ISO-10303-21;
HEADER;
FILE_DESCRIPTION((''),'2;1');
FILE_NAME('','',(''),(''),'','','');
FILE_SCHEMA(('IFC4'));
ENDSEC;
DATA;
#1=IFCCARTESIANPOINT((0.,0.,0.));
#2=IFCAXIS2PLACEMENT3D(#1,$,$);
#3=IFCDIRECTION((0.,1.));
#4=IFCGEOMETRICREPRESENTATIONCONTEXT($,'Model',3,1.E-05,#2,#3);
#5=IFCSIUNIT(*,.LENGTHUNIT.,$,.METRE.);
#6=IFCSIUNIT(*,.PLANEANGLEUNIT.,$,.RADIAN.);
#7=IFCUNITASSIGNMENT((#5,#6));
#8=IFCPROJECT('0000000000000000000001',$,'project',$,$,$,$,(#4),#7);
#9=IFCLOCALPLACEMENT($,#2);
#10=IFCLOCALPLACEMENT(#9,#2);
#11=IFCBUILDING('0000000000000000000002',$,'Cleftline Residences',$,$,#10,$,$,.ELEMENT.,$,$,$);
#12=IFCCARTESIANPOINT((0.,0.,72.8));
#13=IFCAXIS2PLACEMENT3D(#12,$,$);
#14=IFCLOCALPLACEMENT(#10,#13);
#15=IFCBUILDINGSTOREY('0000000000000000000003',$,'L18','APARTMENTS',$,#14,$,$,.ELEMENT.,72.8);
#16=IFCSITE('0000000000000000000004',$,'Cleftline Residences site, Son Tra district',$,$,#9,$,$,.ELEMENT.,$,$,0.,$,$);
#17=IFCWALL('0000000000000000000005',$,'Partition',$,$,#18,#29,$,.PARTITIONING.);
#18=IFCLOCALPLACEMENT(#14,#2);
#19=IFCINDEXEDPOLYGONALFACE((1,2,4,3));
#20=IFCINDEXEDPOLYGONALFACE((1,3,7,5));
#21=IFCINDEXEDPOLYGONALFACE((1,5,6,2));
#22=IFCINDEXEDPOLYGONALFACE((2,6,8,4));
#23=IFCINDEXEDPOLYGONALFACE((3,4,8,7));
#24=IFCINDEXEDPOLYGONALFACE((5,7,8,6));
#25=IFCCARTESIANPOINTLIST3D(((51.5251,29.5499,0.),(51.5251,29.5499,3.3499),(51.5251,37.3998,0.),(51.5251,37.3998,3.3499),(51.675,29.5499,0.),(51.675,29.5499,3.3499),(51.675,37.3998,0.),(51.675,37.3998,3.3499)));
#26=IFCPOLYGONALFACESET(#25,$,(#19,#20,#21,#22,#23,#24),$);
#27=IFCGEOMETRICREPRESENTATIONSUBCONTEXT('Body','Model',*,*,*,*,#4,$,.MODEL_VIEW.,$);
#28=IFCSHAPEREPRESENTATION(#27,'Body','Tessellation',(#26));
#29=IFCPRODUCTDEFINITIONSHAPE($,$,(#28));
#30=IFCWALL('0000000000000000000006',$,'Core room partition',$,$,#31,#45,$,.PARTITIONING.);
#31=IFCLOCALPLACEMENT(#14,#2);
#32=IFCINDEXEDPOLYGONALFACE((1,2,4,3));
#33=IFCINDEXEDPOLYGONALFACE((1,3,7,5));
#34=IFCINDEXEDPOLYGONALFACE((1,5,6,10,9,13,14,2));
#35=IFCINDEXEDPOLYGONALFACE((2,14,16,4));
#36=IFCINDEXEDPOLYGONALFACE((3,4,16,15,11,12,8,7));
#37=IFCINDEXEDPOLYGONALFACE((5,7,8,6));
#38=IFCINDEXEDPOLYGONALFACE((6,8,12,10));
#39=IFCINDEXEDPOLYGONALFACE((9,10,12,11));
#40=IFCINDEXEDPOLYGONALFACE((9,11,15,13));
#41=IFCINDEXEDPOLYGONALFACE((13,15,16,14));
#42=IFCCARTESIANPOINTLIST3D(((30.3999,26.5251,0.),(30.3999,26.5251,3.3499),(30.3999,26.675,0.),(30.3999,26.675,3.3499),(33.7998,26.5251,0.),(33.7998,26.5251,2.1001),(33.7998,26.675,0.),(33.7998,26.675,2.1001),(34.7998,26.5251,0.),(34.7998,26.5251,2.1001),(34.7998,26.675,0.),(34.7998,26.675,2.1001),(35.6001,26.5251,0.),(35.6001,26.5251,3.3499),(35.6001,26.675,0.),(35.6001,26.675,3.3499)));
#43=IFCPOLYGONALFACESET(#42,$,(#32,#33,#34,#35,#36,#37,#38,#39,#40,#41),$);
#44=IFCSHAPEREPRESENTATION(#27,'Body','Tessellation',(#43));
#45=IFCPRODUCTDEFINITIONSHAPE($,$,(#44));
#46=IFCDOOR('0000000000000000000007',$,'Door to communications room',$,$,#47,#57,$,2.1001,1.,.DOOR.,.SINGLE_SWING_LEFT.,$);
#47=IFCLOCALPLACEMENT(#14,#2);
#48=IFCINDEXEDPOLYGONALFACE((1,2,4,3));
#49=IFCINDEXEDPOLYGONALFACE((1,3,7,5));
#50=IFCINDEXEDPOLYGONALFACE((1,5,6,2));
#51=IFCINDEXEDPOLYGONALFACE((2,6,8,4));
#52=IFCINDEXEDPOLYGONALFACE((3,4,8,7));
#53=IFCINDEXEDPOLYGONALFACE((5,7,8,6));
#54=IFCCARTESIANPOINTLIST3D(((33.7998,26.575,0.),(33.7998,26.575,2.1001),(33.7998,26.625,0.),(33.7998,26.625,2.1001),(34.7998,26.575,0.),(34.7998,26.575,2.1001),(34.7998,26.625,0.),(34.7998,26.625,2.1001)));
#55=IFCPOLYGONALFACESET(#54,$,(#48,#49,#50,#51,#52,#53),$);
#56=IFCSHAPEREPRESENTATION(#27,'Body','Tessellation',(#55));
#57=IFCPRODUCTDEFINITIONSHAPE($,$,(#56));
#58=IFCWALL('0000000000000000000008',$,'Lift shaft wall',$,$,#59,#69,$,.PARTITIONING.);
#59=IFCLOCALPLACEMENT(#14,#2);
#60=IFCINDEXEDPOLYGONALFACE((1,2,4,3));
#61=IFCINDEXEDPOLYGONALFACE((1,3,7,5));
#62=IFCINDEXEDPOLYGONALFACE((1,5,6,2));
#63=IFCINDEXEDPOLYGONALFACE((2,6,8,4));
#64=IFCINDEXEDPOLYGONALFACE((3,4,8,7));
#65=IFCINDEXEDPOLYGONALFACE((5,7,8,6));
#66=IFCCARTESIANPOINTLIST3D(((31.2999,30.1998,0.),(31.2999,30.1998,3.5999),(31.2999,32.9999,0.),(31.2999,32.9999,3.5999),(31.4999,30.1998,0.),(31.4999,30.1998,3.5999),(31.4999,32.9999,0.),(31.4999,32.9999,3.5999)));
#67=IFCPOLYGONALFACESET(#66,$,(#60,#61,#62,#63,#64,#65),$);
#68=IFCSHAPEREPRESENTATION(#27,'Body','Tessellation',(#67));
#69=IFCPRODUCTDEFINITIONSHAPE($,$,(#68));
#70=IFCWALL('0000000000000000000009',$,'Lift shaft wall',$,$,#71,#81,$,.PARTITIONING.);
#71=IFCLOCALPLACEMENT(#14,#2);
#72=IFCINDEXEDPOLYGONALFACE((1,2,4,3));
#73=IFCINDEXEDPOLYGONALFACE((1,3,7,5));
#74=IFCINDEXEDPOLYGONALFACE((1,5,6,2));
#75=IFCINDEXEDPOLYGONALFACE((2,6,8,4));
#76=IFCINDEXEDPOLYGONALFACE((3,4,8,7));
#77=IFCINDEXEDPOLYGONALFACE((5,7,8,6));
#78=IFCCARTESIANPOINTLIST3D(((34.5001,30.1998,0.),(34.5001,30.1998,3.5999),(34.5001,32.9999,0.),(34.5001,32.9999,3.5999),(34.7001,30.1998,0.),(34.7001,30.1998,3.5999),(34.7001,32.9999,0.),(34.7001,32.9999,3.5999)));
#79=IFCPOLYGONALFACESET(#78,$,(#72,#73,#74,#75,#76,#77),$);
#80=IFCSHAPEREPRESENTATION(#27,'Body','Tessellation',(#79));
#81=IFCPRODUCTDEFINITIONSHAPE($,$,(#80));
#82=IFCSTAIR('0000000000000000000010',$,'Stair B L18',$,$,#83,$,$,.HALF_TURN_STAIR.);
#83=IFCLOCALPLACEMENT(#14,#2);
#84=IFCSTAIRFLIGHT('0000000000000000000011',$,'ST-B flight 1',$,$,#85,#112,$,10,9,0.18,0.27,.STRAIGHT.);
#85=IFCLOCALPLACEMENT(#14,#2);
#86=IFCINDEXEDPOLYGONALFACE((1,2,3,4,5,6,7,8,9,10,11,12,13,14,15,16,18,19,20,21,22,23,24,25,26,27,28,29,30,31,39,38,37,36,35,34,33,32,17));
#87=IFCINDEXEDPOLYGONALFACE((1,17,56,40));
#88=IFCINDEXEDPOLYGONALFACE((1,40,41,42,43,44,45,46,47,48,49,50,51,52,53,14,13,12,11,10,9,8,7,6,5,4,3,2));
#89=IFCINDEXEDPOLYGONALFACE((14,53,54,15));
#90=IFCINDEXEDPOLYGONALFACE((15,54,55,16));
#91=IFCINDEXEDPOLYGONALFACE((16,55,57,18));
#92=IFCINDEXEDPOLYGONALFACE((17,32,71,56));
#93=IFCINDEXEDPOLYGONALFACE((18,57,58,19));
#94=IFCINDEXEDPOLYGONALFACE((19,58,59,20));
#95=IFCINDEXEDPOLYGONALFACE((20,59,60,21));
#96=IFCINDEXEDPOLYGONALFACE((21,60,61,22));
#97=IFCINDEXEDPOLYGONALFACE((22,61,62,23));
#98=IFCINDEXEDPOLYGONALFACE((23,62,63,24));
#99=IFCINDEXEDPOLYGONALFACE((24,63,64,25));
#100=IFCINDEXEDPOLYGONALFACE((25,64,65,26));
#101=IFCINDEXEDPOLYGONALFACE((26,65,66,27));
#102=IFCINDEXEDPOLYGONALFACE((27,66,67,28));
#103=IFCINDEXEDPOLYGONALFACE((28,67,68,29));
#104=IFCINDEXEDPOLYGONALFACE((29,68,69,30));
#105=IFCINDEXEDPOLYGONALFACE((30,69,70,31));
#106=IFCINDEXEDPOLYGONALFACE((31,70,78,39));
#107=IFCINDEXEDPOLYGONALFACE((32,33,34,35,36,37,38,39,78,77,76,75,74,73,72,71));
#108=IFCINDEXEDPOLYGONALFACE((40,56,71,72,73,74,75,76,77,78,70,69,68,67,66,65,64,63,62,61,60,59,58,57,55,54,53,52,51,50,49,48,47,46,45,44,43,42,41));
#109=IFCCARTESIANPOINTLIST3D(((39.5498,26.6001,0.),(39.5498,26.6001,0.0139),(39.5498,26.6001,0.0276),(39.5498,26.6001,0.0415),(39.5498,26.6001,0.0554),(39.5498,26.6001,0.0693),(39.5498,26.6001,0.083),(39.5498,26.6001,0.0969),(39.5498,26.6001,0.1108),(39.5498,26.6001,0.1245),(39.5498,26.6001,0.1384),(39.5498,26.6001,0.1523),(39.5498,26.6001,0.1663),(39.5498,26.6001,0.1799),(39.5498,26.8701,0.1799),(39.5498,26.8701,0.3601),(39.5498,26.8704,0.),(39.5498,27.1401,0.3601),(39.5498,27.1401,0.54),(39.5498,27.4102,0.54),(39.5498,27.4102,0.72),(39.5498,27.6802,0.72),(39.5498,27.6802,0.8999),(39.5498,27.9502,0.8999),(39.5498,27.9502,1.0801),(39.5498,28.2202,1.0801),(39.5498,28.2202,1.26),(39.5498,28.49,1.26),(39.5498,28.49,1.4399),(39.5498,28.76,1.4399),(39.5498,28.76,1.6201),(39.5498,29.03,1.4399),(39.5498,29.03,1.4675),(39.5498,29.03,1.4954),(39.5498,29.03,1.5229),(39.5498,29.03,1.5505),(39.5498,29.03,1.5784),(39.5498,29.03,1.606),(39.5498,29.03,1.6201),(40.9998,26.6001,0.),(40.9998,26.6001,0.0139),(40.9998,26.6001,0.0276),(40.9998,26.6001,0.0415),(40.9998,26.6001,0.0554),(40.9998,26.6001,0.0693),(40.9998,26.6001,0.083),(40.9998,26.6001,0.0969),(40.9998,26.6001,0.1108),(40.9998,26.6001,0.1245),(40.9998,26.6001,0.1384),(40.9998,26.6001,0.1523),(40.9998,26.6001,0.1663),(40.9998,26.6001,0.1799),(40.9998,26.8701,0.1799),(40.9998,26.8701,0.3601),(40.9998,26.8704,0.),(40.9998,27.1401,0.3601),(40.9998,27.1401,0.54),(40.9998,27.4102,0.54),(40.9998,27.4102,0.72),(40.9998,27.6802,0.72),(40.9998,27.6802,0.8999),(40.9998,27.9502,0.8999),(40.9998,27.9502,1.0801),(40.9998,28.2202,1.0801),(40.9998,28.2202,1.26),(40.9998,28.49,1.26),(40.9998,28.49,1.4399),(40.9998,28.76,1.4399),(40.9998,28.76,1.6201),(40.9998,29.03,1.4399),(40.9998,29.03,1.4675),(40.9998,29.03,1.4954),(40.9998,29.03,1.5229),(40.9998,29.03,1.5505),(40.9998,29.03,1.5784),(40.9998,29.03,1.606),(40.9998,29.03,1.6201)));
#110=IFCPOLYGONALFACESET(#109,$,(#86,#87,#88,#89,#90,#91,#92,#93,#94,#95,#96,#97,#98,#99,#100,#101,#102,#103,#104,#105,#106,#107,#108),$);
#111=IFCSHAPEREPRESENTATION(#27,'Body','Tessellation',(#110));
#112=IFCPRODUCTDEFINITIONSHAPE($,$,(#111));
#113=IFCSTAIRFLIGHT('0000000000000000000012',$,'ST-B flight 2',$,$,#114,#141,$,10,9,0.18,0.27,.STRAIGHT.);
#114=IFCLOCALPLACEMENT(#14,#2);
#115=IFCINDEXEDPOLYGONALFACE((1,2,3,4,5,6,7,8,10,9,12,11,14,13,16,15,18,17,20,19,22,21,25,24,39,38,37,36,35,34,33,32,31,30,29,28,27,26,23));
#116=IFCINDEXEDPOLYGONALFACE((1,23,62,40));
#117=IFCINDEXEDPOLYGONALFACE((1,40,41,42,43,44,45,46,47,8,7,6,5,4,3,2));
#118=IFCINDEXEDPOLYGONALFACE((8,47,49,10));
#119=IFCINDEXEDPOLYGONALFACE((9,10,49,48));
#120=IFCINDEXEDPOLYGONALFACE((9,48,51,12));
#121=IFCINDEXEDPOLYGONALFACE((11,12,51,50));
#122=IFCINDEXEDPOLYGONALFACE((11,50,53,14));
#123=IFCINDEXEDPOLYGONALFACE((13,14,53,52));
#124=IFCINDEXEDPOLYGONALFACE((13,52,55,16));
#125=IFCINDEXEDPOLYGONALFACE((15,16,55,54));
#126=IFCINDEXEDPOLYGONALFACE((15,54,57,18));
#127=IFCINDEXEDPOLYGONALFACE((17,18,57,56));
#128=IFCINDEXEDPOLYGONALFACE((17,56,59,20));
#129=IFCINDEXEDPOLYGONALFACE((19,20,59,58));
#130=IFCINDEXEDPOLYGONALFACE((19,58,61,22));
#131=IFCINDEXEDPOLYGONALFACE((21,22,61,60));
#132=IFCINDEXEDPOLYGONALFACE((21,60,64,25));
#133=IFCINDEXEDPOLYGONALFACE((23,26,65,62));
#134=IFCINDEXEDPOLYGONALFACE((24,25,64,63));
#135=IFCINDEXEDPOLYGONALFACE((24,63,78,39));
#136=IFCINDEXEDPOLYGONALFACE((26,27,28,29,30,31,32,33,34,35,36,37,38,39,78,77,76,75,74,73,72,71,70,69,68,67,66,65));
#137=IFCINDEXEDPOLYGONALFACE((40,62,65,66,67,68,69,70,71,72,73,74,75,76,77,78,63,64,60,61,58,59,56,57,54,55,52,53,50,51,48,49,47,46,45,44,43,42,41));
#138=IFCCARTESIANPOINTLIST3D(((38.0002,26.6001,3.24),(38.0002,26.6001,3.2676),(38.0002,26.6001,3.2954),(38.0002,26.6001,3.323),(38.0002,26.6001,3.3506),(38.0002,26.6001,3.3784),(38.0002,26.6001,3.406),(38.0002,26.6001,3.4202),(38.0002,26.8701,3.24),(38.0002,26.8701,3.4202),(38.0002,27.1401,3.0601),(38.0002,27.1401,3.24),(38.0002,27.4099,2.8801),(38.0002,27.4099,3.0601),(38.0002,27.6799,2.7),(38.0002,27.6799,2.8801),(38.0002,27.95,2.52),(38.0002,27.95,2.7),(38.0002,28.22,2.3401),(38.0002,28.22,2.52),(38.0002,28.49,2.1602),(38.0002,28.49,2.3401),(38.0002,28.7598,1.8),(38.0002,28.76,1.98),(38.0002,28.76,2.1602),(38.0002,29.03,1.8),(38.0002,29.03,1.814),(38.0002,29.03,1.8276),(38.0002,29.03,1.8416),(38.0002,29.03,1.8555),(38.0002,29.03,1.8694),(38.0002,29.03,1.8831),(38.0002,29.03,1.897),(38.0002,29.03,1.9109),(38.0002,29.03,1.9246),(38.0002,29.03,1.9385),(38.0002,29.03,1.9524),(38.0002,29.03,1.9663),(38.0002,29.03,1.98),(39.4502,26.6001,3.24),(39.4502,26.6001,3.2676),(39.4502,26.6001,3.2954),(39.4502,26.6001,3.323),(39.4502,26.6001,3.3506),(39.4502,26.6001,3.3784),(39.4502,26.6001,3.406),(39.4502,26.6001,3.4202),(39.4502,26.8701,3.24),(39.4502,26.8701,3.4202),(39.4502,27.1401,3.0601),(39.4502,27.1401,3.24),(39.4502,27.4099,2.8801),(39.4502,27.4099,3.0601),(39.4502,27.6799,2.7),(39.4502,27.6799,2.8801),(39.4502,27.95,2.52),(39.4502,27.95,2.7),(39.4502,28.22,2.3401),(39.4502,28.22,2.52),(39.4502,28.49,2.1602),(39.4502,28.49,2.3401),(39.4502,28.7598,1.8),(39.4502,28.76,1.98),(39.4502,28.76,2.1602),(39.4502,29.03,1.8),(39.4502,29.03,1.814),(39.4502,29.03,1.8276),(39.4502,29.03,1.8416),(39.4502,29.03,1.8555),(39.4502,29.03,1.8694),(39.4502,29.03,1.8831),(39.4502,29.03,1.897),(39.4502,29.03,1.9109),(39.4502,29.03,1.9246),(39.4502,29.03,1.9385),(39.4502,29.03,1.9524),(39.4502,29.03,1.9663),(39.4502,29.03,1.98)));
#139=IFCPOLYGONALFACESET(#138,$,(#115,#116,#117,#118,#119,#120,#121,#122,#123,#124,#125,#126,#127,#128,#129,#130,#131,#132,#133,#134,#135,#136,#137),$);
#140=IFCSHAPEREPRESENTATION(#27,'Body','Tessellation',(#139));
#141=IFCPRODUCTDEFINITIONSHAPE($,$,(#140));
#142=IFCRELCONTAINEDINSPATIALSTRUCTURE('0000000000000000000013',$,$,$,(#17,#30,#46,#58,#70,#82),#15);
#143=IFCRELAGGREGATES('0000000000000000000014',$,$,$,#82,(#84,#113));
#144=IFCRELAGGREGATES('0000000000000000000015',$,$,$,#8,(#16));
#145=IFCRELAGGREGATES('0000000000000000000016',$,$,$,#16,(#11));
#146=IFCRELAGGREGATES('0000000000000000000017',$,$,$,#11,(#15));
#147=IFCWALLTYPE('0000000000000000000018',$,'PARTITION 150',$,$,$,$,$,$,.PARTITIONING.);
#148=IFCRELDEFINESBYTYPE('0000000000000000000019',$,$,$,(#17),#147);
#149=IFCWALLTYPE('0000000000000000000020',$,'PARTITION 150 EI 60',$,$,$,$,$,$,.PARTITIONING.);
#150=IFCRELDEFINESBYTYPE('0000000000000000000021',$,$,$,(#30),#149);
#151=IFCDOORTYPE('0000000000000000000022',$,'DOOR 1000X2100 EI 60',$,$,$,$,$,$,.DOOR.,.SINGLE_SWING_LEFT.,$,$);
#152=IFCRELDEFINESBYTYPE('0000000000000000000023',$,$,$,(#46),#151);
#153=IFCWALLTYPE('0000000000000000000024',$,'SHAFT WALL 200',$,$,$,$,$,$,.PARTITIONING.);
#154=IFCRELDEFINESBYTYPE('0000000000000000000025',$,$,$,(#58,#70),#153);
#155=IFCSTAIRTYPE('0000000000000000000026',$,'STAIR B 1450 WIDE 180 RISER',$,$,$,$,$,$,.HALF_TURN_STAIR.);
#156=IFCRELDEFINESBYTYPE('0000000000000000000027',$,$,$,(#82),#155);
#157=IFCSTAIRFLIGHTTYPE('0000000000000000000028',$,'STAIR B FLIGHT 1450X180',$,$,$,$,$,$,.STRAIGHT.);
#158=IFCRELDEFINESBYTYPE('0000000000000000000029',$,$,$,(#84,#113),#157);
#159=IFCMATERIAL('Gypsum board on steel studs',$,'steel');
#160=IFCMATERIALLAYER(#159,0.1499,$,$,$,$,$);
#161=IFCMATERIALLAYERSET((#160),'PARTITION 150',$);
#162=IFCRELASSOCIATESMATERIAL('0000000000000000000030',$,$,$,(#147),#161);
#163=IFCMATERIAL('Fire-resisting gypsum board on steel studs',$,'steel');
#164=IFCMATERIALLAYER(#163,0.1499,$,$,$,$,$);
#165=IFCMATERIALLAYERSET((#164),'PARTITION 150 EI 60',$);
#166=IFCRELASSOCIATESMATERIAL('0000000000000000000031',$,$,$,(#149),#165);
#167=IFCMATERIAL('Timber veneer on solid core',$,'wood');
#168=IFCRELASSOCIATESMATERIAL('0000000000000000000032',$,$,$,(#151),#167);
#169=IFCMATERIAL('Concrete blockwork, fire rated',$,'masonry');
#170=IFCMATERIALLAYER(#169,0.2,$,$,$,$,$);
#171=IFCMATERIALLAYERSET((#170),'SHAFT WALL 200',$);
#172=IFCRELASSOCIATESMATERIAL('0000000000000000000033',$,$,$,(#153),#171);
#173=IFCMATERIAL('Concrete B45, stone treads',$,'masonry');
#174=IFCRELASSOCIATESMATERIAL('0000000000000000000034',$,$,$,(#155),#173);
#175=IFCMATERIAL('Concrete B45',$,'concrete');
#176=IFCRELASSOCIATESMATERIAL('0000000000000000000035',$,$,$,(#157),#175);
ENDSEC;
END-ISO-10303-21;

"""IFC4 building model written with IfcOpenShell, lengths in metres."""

from ifc_helpers import new_model, si_unit, direction, frame, frame_2d, origin, place, context, subcontext, project, spatial, polyline, rectangle, outline, extrude, material, layer, layer_set, type_object, element, fill, aggregate, save


model = new_model("IFC4")

# Units and contexts
model_context = context("Model", 3, precision=1e-05, world=origin(), true_north=direction((0.0, 1.0)))
body_context = subcontext(model_context, "Body", "Model", "MODEL_VIEW")
ifc_project = project(units=[si_unit("LENGTHUNIT", "METRE"), si_unit("PLANEANGLEUNIT", "RADIAN")], contexts=[model_context])

# Site, building, storey
site_placement = place(None, origin())
site = spatial("IfcSite", under=ifc_project, at=site_placement, Name="Cleftline Residences site, Son Tra district", CompositionType="ELEMENT", RefElevation=0.0)
building_placement = place(site_placement, origin())
building = spatial("IfcBuilding", under=site, at=building_placement, Name="Cleftline Residences", CompositionType="ELEMENT")
storey_placement = place(building_placement, frame((0.0, 0.0, 72.8)))
storey = spatial("IfcBuildingStorey", under=building, at=storey_placement, Name="L18", Description="APARTMENTS", CompositionType="ELEMENT", Elevation=72.8)

# Shared definitions
ifc_material_1 = material(Name="Gypsum board on steel studs", Category="steel")
ifc_layer_1 = layer(ifc_material_1, 0.1499)
ifc_layer_set_1 = layer_set([ifc_layer_1], Name="PARTITION 150")
wall_type_1 = type_object("IfcWallType", Name="PARTITION 150", PredefinedType="PARTITIONING", material=ifc_layer_set_1)

# Wall
wall_1_placement = place(storey_placement, frame((51.6001, 29.55, 0.0), z_axis=(0.0, 0.0, 1.0), x_axis=(0.0, 1.0, 0.0)))
element("IfcWall", 1, at=wall_1_placement, inside=storey, type_object=wall_type_1, Name="Partition", PredefinedType="PARTITIONING", context=body_context, shape_type="SweptSolid", body=[
    extrude(rectangle(XDim=7.8499, YDim=0.1499, at=frame_2d((3.9248, 0.0))), origin(), (0.0, 0.0, 1.0), 3.3499),
])

# Wall, opening, door
ifc_material_2 = material(Name="Fire-resisting gypsum board on steel studs", Category="steel")
ifc_layer_2 = layer(ifc_material_2, 0.1499)
ifc_layer_set_2 = layer_set([ifc_layer_2], Name="PARTITION 150 EI 60")
wall_type_2 = type_object("IfcWallType", Name="PARTITION 150 EI 60", PredefinedType="PARTITIONING", material=ifc_layer_set_2)
wall_2_placement = place(storey_placement, frame((30.3999, 26.6001, 0.0), z_axis=(0.0, 0.0, 1.0), x_axis=(1.0, 0.0, 0.0)))
wall_2 = element("IfcWall", 2, at=wall_2_placement, inside=storey, type_object=wall_type_2, Name="Core room partition", PredefinedType="PARTITIONING", context=body_context, shape_type="SweptSolid", body=[
    extrude(rectangle(XDim=5.2002, YDim=0.1499, at=frame_2d((2.6001, 0.0))), origin(), (0.0, 0.0, 1.0), 3.3499),
])
opening_1_placement = place(wall_2_placement, frame((3.3999, 0.0, 0.0)))
opening_1 = element("IfcOpeningElement", 3, at=opening_1_placement, cuts=wall_2, PredefinedType="OPENING", context=body_context, shape_type="SweptSolid", body=[
    extrude(rectangle(XDim=1.0, YDim=2.1001, at=frame_2d((0.5, 1.05))), frame((0.0, 0.085, 0.0), z_axis=(0.0, -1.0, 0.0), x_axis=(1.0, 0.0, 0.0)), (0.0, 0.0, 1.0), 0.1699),
])
ifc_material_3 = material(Name="Timber veneer on solid core", Category="wood")
door_type_1 = type_object("IfcDoorType", Name="DOOR 1000X2100 EI 60", OperationType="SINGLE_SWING_LEFT", PredefinedType="DOOR", material=ifc_material_3)
door_1_placement = place(opening_1_placement, origin())
door_1 = element("IfcDoor", 4, at=door_1_placement, inside=storey, type_object=door_type_1, Name="Door to communications room", OperationType="SINGLE_SWING_LEFT", OverallHeight=2.1001, OverallWidth=1.0, PredefinedType="DOOR", context=body_context, shape_type="SweptSolid", body=[
    extrude(rectangle(XDim=1.0, YDim=2.1001, at=frame_2d((0.5, 1.05))), frame((0.0, 0.0249, 0.0), z_axis=(0.0, -1.0, 0.0), x_axis=(1.0, 0.0, 0.0)), (0.0, 0.0, 1.0), 0.05),
])
fill(opening_1, door_1)

# Walls
ifc_material_4 = material(Name="Concrete blockwork, fire rated", Category="masonry")
ifc_layer_3 = layer(ifc_material_4, 0.2)
ifc_layer_set_3 = layer_set([ifc_layer_3], Name="SHAFT WALL 200")
wall_type_3 = type_object("IfcWallType", Name="SHAFT WALL 200", PredefinedType="PARTITIONING", material=ifc_layer_set_3)
for number, where, z_axis, x_axis, name in (
    (5, (31.3999, 30.2, 0.0), (0.0, 0.0, 1.0), (0.0, 1.0, 0.0), "Lift shaft wall"),
    (6, (34.6001, 30.2, 0.0), (0.0, 0.0, 1.0), (0.0, 1.0, 0.0), "Lift shaft wall"),
):
    element("IfcWall", number, at=place(storey_placement, frame(where, z_axis=z_axis, x_axis=x_axis)), inside=storey, type_object=wall_type_3, Name=name, PredefinedType="PARTITIONING", context=body_context, shape_type="SweptSolid", body=[
        extrude(rectangle(XDim=2.8, YDim=0.2, at=frame_2d((1.3999, 0.0))), origin(), (0.0, 0.0, 1.0), 3.5999),
    ])

# Stair, stair flights
ifc_material_5 = material(Name="Concrete B45, stone treads", Category="masonry")
stair_type = type_object("IfcStairType", Name="STAIR B 1450 WIDE 180 RISER", PredefinedType="HALF_TURN_STAIR", material=ifc_material_5)
stair_placement = place(storey_placement, origin())
stair = element("IfcStair", 7, at=stair_placement, inside=storey, type_object=stair_type, Name="Stair B L18", PredefinedType="HALF_TURN_STAIR")
ifc_material_6 = material(Name="Concrete B45", Category="concrete")
stair_flight_type = type_object("IfcStairFlightType", Name="STAIR B FLIGHT 1450X180", PredefinedType="STRAIGHT", material=ifc_material_6)
stair_flight_1_placement = place(storey_placement, frame((40.2749, 26.6001, 0.0), z_axis=(0.0, 0.0, 1.0), x_axis=(0.0, 1.0, 0.0)))
stair_flight_1 = element("IfcStairFlight", 8, at=stair_flight_1_placement, type_object=stair_flight_type, Name="ST-B flight 1", NumberOfRisers=10, NumberOfTreads=9, PredefinedType="STRAIGHT", RiserHeight=0.18, TreadLength=0.27, context=body_context, shape_type="SweptSolid", body=[
    extrude(outline(polyline([(0.0, 0.0), (0.0, 0.0139), (0.0, 0.0276), (0.0, 0.0415), (0.0, 0.0554), (0.0, 0.0693), (0.0, 0.083), (0.0, 0.0969), (0.0, 0.1108), (0.0, 0.1245), (0.0, 0.1384), (0.0, 0.1523), (0.0, 0.1663), (0.0, 0.1799), (0.27, 0.1799), (0.27, 0.3601), (0.54, 0.3601), (0.54, 0.54), (0.8101, 0.54), (0.8101, 0.72), (1.0801, 0.72), (1.0801, 0.8999), (1.3501, 0.8999), (1.3501, 1.0801), (1.6201, 1.0801), (1.6201, 1.26), (1.8899, 1.26), (1.8899, 1.4399), (2.1599, 1.4399), (2.1599, 1.6201), (2.4299, 1.6201), (2.4299, 1.8), (2.4299, 1.7722), (2.4299, 1.7446), (2.4299, 1.7168), (2.4299, 1.6892), (2.4299, 1.6614), (2.4299, 1.6338), (2.4299, 1.606), (2.4299, 1.5784), (2.4299, 1.5505), (2.4299, 1.5229), (2.4299, 1.4954), (2.4299, 1.4675), (2.4299, 1.4399), (0.2703, 0.0), (0.0, 0.0)])), frame((0.0, 0.7251, 0.0), z_axis=(0.0, -1.0, 0.0), x_axis=(1.0, 0.0, 0.0)), (0.0, 0.0, 1.0), 1.45),
])
stair_flight_2_placement = place(storey_placement, frame((38.7251, 29.03, 1.8), z_axis=(0.0, 0.0, 1.0), x_axis=(0.0, -1.0, 0.0)))
stair_flight_2 = element("IfcStairFlight", 9, at=stair_flight_2_placement, type_object=stair_flight_type, Name="ST-B flight 2", NumberOfRisers=10, NumberOfTreads=9, PredefinedType="STRAIGHT", RiserHeight=0.18, TreadLength=0.27, context=body_context, shape_type="SweptSolid", body=[
    extrude(outline(polyline([(0.0, 0.0), (0.0, 0.0139), (0.0, 0.0276), (0.0, 0.0415), (0.0, 0.0554), (0.0, 0.0693), (0.0, 0.083), (0.0, 0.0969), (0.0, 0.1108), (0.0, 0.1245), (0.0, 0.1384), (0.0, 0.1523), (0.0, 0.1663), (0.0, 0.1799), (0.27, 0.1799), (0.27, 0.3601), (0.54, 0.3601), (0.54, 0.54), (0.8101, 0.54), (0.8101, 0.72), (1.0801, 0.72), (1.0801, 0.8999), (1.3501, 0.8999), (1.3501, 1.0801), (1.6201, 1.0801), (1.6201, 1.26), (1.8899, 1.26), (1.8899, 1.4399), (2.1599, 1.4399), (2.1599, 1.6201), (2.4299, 1.6201), (2.4299, 1.8), (2.4299, 1.7722), (2.4299, 1.7446), (2.4299, 1.7168), (2.4299, 1.6892), (2.4299, 1.6614), (2.4299, 1.6338), (2.4299, 1.606), (2.4299, 1.5784), (2.4299, 1.5505), (2.4299, 1.5229), (2.4299, 1.4954), (2.4299, 1.4675), (2.4299, 1.4399), (0.2703, 0.0), (0.0, 0.0)])), frame((0.0, 0.7251, 0.0), z_axis=(0.0, -1.0, 0.0), x_axis=(1.0, 0.0, 0.0)), (0.0, 0.0, 1.0), 1.45),
])
aggregate(stair, [stair_flight_1, stair_flight_2])

save(model, "model.ifc")
